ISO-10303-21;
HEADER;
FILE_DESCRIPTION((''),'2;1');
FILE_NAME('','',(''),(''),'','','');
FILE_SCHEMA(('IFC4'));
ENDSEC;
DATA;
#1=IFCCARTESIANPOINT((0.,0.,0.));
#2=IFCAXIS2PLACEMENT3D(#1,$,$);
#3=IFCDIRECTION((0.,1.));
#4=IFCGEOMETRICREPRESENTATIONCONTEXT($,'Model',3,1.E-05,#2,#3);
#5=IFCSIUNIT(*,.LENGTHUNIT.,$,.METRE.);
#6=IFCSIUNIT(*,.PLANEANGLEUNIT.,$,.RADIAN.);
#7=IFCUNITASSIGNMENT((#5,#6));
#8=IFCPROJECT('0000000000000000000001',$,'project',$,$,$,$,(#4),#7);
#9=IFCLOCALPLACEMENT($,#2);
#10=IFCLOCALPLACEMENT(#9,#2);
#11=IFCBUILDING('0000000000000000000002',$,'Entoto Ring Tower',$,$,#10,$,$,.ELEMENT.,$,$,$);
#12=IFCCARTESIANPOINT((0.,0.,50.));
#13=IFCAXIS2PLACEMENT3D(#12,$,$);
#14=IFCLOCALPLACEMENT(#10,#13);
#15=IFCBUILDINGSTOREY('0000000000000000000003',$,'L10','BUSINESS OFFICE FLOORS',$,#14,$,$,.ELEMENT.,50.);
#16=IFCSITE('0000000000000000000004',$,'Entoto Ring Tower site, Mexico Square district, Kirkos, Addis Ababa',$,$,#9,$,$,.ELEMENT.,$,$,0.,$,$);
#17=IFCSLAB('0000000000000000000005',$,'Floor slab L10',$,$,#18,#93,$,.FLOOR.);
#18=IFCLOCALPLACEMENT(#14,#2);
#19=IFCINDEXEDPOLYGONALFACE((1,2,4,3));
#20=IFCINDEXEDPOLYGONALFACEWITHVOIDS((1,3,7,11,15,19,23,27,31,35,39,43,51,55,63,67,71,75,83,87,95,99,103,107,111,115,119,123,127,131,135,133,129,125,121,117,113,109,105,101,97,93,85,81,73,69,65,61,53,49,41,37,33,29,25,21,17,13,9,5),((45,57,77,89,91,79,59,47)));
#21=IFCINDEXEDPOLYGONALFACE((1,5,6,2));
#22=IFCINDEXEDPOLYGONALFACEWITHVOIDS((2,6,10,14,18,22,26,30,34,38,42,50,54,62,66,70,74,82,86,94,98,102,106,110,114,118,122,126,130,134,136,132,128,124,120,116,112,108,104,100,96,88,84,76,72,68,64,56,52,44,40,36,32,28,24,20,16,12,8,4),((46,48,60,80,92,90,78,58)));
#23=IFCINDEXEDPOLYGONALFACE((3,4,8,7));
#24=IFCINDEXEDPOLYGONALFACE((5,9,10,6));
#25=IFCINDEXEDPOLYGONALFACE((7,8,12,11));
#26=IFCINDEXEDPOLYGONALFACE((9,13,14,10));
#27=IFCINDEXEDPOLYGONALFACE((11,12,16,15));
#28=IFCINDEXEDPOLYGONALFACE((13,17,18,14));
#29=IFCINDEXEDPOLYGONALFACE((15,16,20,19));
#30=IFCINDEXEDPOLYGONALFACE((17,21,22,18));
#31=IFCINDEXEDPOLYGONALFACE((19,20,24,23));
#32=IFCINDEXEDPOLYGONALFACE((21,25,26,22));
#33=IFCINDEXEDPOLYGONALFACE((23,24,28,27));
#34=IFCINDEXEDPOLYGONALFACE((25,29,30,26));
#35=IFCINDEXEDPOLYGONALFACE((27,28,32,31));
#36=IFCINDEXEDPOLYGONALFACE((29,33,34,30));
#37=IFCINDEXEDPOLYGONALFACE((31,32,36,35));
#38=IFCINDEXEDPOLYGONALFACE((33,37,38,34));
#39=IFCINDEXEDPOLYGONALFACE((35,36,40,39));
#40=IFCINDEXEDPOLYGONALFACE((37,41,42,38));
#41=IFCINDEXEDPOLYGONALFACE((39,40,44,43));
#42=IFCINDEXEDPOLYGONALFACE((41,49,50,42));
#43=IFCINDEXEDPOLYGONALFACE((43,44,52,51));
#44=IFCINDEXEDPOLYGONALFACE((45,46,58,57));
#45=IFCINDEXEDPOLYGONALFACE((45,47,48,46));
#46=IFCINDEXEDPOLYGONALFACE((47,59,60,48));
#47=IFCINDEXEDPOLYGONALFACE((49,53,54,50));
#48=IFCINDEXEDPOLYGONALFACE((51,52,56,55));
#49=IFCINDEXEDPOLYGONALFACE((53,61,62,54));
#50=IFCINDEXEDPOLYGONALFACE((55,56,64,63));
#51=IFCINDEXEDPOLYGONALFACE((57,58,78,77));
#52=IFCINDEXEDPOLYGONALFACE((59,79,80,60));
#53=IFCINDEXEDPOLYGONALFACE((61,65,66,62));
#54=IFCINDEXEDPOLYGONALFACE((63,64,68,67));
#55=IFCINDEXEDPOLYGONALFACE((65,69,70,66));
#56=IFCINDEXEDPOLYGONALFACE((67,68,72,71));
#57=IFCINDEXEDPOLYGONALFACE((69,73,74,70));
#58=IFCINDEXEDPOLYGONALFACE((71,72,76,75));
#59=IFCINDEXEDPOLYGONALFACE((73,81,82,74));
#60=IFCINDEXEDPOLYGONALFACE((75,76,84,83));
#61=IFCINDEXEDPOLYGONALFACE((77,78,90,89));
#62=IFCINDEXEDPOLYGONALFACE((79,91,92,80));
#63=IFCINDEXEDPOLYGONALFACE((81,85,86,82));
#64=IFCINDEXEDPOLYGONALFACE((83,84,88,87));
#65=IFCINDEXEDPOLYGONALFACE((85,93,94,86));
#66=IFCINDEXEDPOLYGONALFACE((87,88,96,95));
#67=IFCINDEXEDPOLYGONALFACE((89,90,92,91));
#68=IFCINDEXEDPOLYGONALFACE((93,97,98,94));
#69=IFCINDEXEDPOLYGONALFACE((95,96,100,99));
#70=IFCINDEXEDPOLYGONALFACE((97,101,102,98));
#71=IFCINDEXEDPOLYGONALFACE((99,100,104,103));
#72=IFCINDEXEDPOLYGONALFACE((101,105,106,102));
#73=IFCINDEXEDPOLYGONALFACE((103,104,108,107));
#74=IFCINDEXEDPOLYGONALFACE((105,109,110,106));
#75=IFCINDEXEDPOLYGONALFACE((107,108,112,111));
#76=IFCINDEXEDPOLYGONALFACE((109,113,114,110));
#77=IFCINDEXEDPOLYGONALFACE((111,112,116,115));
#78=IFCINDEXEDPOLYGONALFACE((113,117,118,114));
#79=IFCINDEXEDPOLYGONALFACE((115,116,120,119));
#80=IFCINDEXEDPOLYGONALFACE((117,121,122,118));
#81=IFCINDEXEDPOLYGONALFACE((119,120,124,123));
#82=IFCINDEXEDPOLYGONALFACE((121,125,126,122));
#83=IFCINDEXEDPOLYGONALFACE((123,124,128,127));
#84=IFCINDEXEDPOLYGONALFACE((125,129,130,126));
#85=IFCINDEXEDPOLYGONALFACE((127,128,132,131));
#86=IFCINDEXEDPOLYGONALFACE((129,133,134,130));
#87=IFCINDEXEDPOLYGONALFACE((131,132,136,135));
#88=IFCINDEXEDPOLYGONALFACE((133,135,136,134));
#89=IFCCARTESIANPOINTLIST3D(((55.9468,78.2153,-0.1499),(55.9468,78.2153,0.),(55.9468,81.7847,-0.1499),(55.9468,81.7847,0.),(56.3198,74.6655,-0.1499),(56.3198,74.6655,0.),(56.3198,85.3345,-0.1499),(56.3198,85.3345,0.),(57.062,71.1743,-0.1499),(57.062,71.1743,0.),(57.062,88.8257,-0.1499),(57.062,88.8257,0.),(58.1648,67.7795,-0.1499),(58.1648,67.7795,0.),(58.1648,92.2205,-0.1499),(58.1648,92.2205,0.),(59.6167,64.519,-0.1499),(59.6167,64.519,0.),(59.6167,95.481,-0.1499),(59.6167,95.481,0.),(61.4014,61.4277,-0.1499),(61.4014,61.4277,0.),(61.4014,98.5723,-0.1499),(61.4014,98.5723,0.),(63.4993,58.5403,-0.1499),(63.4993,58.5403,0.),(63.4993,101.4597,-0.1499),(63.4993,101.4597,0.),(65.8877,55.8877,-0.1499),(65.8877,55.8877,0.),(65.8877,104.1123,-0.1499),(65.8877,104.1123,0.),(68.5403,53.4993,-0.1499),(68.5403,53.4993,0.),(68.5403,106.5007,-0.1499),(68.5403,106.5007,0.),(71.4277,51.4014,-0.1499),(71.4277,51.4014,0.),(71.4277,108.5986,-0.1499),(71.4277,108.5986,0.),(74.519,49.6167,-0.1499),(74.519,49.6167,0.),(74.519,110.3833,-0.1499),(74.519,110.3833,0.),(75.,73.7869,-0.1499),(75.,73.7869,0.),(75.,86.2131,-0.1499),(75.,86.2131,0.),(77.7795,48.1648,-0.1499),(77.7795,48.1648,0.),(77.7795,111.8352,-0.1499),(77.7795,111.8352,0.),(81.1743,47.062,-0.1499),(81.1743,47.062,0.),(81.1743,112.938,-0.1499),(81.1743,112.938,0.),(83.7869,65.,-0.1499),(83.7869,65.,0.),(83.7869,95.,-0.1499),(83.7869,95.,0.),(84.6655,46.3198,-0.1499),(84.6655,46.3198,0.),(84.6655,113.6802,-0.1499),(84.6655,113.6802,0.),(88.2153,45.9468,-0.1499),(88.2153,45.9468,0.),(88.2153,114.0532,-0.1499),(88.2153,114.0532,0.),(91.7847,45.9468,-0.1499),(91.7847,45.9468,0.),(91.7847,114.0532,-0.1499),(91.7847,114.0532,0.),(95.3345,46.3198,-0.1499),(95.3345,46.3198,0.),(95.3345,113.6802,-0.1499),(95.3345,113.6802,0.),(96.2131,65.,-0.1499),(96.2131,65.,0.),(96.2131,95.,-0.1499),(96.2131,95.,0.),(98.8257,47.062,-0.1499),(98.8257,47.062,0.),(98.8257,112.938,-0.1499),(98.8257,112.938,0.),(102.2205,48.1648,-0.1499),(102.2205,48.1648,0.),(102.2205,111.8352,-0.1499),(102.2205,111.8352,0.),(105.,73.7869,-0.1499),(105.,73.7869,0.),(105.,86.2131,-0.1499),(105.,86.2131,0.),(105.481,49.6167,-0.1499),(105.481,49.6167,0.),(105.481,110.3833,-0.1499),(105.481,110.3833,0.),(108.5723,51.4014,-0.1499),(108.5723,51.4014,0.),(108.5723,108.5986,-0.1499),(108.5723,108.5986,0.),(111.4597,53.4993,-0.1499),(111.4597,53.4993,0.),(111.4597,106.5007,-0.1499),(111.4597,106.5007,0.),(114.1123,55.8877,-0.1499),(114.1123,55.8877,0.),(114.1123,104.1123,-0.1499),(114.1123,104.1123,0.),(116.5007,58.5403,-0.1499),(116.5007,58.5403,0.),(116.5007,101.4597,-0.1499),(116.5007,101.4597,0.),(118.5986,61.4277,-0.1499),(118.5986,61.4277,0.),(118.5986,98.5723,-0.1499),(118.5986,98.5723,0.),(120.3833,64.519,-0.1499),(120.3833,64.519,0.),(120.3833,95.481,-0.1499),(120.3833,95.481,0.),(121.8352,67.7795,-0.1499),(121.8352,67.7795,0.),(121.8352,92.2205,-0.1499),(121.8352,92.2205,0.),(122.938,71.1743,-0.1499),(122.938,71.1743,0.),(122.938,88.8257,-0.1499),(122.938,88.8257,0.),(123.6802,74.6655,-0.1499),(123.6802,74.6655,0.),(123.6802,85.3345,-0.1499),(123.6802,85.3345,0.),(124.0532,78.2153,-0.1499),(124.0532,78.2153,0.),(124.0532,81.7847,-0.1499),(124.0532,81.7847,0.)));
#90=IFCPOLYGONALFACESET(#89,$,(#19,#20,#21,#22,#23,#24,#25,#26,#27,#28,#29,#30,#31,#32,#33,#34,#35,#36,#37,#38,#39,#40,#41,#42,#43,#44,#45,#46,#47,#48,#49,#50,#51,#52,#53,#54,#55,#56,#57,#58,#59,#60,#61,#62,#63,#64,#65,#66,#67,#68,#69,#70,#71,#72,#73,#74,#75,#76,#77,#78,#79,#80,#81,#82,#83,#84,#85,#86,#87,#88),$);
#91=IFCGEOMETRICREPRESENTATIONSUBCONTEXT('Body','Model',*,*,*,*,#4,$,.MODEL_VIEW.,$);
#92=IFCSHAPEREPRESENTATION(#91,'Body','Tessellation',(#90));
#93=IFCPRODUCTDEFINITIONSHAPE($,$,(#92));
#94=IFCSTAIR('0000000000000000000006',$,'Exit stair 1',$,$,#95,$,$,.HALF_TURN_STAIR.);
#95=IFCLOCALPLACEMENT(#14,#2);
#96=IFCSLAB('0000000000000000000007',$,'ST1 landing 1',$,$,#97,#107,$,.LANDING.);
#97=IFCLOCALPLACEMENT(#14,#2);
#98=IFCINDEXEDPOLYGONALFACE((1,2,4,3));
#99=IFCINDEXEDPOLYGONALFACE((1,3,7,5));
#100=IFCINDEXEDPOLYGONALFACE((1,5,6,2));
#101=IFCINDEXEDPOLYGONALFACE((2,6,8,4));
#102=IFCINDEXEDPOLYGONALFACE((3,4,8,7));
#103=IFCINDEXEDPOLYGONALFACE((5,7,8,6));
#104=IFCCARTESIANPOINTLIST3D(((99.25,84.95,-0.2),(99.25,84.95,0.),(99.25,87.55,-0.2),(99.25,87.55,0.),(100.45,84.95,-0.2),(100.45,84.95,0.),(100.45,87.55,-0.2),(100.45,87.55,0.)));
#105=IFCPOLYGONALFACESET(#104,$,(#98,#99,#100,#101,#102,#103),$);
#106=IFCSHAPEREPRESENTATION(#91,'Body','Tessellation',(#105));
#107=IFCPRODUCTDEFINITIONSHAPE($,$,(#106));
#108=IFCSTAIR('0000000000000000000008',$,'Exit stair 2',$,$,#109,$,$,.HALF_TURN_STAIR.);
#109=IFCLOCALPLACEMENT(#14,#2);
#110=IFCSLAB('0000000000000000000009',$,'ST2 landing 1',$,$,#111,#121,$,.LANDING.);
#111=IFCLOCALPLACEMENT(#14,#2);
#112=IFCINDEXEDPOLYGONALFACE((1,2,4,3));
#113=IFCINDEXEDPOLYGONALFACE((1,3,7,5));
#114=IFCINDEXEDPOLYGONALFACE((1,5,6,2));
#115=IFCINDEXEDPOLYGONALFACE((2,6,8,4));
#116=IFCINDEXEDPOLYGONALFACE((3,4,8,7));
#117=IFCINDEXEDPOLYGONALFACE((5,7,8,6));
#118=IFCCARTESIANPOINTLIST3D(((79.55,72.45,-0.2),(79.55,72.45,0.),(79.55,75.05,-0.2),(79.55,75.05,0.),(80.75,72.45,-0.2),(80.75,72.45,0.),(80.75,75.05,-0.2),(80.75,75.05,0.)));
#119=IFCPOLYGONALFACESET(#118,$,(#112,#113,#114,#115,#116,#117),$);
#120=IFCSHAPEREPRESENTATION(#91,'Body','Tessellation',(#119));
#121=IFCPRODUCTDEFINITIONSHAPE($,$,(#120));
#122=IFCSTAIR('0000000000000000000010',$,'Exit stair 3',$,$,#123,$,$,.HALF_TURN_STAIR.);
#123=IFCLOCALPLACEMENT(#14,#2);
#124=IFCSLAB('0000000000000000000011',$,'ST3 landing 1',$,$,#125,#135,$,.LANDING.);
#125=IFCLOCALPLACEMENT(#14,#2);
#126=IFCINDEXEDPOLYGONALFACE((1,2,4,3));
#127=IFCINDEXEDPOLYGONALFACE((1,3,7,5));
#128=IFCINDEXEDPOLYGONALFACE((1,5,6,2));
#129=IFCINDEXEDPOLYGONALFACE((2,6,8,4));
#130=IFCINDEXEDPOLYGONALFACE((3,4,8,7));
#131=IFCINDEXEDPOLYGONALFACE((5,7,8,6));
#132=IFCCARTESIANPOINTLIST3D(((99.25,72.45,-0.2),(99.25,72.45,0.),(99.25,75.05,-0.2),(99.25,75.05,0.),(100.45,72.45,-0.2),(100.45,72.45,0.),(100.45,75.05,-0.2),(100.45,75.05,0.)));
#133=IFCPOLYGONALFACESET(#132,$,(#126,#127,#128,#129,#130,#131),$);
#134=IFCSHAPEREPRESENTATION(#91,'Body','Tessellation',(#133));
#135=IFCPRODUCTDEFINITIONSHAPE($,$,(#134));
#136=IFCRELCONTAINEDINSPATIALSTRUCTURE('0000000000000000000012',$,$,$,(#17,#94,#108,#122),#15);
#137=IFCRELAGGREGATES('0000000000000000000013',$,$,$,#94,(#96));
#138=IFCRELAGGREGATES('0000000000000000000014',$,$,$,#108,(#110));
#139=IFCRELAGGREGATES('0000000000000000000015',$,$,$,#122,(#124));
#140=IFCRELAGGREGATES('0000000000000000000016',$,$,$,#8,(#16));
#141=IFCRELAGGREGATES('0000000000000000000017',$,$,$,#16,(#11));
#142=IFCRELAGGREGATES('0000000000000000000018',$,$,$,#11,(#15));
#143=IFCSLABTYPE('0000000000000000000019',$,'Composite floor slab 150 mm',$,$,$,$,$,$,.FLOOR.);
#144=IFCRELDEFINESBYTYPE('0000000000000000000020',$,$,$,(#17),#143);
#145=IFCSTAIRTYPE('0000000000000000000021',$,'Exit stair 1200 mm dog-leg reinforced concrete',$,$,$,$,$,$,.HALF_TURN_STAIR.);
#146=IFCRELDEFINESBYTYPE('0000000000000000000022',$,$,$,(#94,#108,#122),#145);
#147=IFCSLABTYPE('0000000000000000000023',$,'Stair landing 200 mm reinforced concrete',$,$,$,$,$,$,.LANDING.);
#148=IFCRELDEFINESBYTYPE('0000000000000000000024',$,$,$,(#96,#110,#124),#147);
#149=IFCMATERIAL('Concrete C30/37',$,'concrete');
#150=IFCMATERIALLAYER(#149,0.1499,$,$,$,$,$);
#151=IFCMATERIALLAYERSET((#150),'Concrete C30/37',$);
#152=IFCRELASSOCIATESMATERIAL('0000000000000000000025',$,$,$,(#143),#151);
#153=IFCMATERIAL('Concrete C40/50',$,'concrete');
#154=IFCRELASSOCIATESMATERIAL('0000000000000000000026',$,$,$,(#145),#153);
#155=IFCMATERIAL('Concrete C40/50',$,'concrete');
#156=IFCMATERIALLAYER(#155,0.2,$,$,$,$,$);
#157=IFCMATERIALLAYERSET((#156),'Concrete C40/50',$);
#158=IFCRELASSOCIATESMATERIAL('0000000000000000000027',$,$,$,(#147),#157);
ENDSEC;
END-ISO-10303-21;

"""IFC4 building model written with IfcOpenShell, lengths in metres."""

from ifc_helpers import new_model, si_unit, direction, frame, origin, place, context, subcontext, project, spatial, polyline, outline, extrude, material, layer, layer_set, type_object, element, aggregate, save


model = new_model("IFC4")

# Units and contexts
model_context = context("Model", 3, precision=1e-05, world=origin(), true_north=direction((0.0, 1.0)))
body_context = subcontext(model_context, "Body", "Model", "MODEL_VIEW")
ifc_project = project(units=[si_unit("LENGTHUNIT", "METRE"), si_unit("PLANEANGLEUNIT", "RADIAN")], contexts=[model_context])

# Site, building, storey
site_placement = place(None, origin())
building_placement = place(site_placement, origin())
storey_placement = place(building_placement, frame((0.0, 0.0, 50.0)))
site = spatial("IfcSite", under=ifc_project, at=site_placement, Name="Entoto Ring Tower site, Mexico Square district, Kirkos, Addis Ababa", CompositionType="ELEMENT", RefElevation=0.0)
building = spatial("IfcBuilding", under=site, at=building_placement, Name="Entoto Ring Tower", CompositionType="ELEMENT")
storey = spatial("IfcBuildingStorey", under=building, at=storey_placement, Name="L10", Description="BUSINESS OFFICE FLOORS", CompositionType="ELEMENT", Elevation=50.0)

# Slab
ifc_material_1 = material(Name="Concrete C30/37", Category="concrete")
ifc_layer_1 = layer(ifc_material_1, 0.1499)
ifc_layer_set_1 = layer_set([ifc_layer_1], Name="Concrete C30/37")
slab_type_1 = type_object("IfcSlabType", Name="Composite floor slab 150 mm", PredefinedType="FLOOR", material=ifc_layer_set_1)
slab_1_placement = place(storey_placement, frame((0.0, 0.0, -0.1499)))
element("IfcSlab", 1, at=slab_1_placement, inside=storey, type_object=slab_type_1, Name="Floor slab L10", PredefinedType="FLOOR", context=body_context, shape_type="SweptSolid", body=[
    extrude(outline(polyline([(123.6802, 85.3345), (122.938, 88.8257), (121.8352, 92.2205), (120.3833, 95.481), (118.5986, 98.5723), (116.5007, 101.4597), (114.1123, 104.1123), (111.4597, 106.5007), (108.5723, 108.5986), (105.481, 110.3833), (102.2205, 111.8352), (98.8257, 112.938), (95.3345, 113.6802), (91.7847, 114.0532), (88.2153, 114.0532), (84.6655, 113.6802), (81.1743, 112.938), (77.7795, 111.8352), (74.519, 110.3833), (71.4277, 108.5986), (68.5403, 106.5007), (65.8877, 104.1123), (63.4993, 101.4597), (61.4014, 98.5723), (59.6167, 95.481), (58.1648, 92.2205), (57.062, 88.8257), (56.3198, 85.3345), (55.9468, 81.7847), (55.9468, 78.2153), (56.3198, 74.6655), (57.062, 71.1743), (58.1648, 67.7795), (59.6167, 64.519), (61.4014, 61.4277), (63.4993, 58.5403), (65.8877, 55.8877), (68.5403, 53.4993), (71.4277, 51.4014), (74.519, 49.6167), (77.7795, 48.1648), (81.1743, 47.062), (84.6655, 46.3198), (88.2153, 45.9468), (91.7847, 45.9468), (95.3345, 46.3198), (98.8257, 47.062), (102.2205, 48.1648), (105.481, 49.6167), (108.5723, 51.4014), (111.4597, 53.4993), (114.1123, 55.8877), (116.5007, 58.5403), (118.5986, 61.4277), (120.3833, 64.519), (121.8352, 67.7795), (122.938, 71.1743), (123.6802, 74.6655), (124.0532, 78.2153), (124.0532, 81.7847), (123.6802, 85.3345)]), holes=[polyline([(105.0, 73.7869), (105.0, 86.2131), (96.2131, 95.0), (83.7869, 95.0), (75.0, 86.2131), (75.0, 73.7869), (83.7869, 65.0), (96.2131, 65.0), (105.0, 73.7869)])]), origin(), (0.0, 0.0, 1.0), 0.1499),
])

# Stairs, slabs
ifc_material_2 = material(Name="Concrete C40/50", Category="concrete")
stair_type = type_object("IfcStairType", Name="Exit stair 1200 mm dog-leg reinforced concrete", PredefinedType="HALF_TURN_STAIR", material=ifc_material_2)
stair_1_placement = place(storey_placement, origin())
stair_1 = element("IfcStair", 2, at=stair_1_placement, inside=storey, type_object=stair_type, Name="Exit stair 1", PredefinedType="HALF_TURN_STAIR")
ifc_material_3 = material(Name="Concrete C40/50", Category="concrete")
ifc_layer_2 = layer(ifc_material_3, 0.2)
ifc_layer_set_2 = layer_set([ifc_layer_2], Name="Concrete C40/50")
slab_type_2 = type_object("IfcSlabType", Name="Stair landing 200 mm reinforced concrete", PredefinedType="LANDING", material=ifc_layer_set_2)
slab_2_placement = place(storey_placement, frame((0.0, 0.0, -0.2)))
slab_2 = element("IfcSlab", 3, at=slab_2_placement, type_object=slab_type_2, Name="ST1 landing 1", PredefinedType="LANDING", context=body_context, shape_type="SweptSolid", body=[
    extrude(outline(polyline([(100.45, 84.95), (100.45, 87.55), (99.25, 87.55), (99.25, 84.95), (100.45, 84.95)])), origin(), (0.0, 0.0, 1.0), 0.2),
])
aggregate(stair_1, [slab_2])
stair_2_placement = place(storey_placement, origin())
stair_2 = element("IfcStair", 4, at=stair_2_placement, inside=storey, type_object=stair_type, Name="Exit stair 2", PredefinedType="HALF_TURN_STAIR")
slab_3_placement = place(storey_placement, frame((0.0, 0.0, -0.2)))
slab_3 = element("IfcSlab", 5, at=slab_3_placement, type_object=slab_type_2, Name="ST2 landing 1", PredefinedType="LANDING", context=body_context, shape_type="SweptSolid", body=[
    extrude(outline(polyline([(80.75, 72.45), (80.75, 75.05), (79.55, 75.05), (79.55, 72.45), (80.75, 72.45)])), origin(), (0.0, 0.0, 1.0), 0.2),
])
aggregate(stair_2, [slab_3])
stair_3_placement = place(storey_placement, origin())
stair_3 = element("IfcStair", 6, at=stair_3_placement, inside=storey, type_object=stair_type, Name="Exit stair 3", PredefinedType="HALF_TURN_STAIR")
slab_4_placement = place(storey_placement, frame((0.0, 0.0, -0.2)))
slab_4 = element("IfcSlab", 7, at=slab_4_placement, type_object=slab_type_2, Name="ST3 landing 1", PredefinedType="LANDING", context=body_context, shape_type="SweptSolid", body=[
    extrude(outline(polyline([(100.45, 72.45), (100.45, 75.05), (99.25, 75.05), (99.25, 72.45), (100.45, 72.45)])), origin(), (0.0, 0.0, 1.0), 0.2),
])
aggregate(stair_3, [slab_4])

save(model, "model.ifc")
